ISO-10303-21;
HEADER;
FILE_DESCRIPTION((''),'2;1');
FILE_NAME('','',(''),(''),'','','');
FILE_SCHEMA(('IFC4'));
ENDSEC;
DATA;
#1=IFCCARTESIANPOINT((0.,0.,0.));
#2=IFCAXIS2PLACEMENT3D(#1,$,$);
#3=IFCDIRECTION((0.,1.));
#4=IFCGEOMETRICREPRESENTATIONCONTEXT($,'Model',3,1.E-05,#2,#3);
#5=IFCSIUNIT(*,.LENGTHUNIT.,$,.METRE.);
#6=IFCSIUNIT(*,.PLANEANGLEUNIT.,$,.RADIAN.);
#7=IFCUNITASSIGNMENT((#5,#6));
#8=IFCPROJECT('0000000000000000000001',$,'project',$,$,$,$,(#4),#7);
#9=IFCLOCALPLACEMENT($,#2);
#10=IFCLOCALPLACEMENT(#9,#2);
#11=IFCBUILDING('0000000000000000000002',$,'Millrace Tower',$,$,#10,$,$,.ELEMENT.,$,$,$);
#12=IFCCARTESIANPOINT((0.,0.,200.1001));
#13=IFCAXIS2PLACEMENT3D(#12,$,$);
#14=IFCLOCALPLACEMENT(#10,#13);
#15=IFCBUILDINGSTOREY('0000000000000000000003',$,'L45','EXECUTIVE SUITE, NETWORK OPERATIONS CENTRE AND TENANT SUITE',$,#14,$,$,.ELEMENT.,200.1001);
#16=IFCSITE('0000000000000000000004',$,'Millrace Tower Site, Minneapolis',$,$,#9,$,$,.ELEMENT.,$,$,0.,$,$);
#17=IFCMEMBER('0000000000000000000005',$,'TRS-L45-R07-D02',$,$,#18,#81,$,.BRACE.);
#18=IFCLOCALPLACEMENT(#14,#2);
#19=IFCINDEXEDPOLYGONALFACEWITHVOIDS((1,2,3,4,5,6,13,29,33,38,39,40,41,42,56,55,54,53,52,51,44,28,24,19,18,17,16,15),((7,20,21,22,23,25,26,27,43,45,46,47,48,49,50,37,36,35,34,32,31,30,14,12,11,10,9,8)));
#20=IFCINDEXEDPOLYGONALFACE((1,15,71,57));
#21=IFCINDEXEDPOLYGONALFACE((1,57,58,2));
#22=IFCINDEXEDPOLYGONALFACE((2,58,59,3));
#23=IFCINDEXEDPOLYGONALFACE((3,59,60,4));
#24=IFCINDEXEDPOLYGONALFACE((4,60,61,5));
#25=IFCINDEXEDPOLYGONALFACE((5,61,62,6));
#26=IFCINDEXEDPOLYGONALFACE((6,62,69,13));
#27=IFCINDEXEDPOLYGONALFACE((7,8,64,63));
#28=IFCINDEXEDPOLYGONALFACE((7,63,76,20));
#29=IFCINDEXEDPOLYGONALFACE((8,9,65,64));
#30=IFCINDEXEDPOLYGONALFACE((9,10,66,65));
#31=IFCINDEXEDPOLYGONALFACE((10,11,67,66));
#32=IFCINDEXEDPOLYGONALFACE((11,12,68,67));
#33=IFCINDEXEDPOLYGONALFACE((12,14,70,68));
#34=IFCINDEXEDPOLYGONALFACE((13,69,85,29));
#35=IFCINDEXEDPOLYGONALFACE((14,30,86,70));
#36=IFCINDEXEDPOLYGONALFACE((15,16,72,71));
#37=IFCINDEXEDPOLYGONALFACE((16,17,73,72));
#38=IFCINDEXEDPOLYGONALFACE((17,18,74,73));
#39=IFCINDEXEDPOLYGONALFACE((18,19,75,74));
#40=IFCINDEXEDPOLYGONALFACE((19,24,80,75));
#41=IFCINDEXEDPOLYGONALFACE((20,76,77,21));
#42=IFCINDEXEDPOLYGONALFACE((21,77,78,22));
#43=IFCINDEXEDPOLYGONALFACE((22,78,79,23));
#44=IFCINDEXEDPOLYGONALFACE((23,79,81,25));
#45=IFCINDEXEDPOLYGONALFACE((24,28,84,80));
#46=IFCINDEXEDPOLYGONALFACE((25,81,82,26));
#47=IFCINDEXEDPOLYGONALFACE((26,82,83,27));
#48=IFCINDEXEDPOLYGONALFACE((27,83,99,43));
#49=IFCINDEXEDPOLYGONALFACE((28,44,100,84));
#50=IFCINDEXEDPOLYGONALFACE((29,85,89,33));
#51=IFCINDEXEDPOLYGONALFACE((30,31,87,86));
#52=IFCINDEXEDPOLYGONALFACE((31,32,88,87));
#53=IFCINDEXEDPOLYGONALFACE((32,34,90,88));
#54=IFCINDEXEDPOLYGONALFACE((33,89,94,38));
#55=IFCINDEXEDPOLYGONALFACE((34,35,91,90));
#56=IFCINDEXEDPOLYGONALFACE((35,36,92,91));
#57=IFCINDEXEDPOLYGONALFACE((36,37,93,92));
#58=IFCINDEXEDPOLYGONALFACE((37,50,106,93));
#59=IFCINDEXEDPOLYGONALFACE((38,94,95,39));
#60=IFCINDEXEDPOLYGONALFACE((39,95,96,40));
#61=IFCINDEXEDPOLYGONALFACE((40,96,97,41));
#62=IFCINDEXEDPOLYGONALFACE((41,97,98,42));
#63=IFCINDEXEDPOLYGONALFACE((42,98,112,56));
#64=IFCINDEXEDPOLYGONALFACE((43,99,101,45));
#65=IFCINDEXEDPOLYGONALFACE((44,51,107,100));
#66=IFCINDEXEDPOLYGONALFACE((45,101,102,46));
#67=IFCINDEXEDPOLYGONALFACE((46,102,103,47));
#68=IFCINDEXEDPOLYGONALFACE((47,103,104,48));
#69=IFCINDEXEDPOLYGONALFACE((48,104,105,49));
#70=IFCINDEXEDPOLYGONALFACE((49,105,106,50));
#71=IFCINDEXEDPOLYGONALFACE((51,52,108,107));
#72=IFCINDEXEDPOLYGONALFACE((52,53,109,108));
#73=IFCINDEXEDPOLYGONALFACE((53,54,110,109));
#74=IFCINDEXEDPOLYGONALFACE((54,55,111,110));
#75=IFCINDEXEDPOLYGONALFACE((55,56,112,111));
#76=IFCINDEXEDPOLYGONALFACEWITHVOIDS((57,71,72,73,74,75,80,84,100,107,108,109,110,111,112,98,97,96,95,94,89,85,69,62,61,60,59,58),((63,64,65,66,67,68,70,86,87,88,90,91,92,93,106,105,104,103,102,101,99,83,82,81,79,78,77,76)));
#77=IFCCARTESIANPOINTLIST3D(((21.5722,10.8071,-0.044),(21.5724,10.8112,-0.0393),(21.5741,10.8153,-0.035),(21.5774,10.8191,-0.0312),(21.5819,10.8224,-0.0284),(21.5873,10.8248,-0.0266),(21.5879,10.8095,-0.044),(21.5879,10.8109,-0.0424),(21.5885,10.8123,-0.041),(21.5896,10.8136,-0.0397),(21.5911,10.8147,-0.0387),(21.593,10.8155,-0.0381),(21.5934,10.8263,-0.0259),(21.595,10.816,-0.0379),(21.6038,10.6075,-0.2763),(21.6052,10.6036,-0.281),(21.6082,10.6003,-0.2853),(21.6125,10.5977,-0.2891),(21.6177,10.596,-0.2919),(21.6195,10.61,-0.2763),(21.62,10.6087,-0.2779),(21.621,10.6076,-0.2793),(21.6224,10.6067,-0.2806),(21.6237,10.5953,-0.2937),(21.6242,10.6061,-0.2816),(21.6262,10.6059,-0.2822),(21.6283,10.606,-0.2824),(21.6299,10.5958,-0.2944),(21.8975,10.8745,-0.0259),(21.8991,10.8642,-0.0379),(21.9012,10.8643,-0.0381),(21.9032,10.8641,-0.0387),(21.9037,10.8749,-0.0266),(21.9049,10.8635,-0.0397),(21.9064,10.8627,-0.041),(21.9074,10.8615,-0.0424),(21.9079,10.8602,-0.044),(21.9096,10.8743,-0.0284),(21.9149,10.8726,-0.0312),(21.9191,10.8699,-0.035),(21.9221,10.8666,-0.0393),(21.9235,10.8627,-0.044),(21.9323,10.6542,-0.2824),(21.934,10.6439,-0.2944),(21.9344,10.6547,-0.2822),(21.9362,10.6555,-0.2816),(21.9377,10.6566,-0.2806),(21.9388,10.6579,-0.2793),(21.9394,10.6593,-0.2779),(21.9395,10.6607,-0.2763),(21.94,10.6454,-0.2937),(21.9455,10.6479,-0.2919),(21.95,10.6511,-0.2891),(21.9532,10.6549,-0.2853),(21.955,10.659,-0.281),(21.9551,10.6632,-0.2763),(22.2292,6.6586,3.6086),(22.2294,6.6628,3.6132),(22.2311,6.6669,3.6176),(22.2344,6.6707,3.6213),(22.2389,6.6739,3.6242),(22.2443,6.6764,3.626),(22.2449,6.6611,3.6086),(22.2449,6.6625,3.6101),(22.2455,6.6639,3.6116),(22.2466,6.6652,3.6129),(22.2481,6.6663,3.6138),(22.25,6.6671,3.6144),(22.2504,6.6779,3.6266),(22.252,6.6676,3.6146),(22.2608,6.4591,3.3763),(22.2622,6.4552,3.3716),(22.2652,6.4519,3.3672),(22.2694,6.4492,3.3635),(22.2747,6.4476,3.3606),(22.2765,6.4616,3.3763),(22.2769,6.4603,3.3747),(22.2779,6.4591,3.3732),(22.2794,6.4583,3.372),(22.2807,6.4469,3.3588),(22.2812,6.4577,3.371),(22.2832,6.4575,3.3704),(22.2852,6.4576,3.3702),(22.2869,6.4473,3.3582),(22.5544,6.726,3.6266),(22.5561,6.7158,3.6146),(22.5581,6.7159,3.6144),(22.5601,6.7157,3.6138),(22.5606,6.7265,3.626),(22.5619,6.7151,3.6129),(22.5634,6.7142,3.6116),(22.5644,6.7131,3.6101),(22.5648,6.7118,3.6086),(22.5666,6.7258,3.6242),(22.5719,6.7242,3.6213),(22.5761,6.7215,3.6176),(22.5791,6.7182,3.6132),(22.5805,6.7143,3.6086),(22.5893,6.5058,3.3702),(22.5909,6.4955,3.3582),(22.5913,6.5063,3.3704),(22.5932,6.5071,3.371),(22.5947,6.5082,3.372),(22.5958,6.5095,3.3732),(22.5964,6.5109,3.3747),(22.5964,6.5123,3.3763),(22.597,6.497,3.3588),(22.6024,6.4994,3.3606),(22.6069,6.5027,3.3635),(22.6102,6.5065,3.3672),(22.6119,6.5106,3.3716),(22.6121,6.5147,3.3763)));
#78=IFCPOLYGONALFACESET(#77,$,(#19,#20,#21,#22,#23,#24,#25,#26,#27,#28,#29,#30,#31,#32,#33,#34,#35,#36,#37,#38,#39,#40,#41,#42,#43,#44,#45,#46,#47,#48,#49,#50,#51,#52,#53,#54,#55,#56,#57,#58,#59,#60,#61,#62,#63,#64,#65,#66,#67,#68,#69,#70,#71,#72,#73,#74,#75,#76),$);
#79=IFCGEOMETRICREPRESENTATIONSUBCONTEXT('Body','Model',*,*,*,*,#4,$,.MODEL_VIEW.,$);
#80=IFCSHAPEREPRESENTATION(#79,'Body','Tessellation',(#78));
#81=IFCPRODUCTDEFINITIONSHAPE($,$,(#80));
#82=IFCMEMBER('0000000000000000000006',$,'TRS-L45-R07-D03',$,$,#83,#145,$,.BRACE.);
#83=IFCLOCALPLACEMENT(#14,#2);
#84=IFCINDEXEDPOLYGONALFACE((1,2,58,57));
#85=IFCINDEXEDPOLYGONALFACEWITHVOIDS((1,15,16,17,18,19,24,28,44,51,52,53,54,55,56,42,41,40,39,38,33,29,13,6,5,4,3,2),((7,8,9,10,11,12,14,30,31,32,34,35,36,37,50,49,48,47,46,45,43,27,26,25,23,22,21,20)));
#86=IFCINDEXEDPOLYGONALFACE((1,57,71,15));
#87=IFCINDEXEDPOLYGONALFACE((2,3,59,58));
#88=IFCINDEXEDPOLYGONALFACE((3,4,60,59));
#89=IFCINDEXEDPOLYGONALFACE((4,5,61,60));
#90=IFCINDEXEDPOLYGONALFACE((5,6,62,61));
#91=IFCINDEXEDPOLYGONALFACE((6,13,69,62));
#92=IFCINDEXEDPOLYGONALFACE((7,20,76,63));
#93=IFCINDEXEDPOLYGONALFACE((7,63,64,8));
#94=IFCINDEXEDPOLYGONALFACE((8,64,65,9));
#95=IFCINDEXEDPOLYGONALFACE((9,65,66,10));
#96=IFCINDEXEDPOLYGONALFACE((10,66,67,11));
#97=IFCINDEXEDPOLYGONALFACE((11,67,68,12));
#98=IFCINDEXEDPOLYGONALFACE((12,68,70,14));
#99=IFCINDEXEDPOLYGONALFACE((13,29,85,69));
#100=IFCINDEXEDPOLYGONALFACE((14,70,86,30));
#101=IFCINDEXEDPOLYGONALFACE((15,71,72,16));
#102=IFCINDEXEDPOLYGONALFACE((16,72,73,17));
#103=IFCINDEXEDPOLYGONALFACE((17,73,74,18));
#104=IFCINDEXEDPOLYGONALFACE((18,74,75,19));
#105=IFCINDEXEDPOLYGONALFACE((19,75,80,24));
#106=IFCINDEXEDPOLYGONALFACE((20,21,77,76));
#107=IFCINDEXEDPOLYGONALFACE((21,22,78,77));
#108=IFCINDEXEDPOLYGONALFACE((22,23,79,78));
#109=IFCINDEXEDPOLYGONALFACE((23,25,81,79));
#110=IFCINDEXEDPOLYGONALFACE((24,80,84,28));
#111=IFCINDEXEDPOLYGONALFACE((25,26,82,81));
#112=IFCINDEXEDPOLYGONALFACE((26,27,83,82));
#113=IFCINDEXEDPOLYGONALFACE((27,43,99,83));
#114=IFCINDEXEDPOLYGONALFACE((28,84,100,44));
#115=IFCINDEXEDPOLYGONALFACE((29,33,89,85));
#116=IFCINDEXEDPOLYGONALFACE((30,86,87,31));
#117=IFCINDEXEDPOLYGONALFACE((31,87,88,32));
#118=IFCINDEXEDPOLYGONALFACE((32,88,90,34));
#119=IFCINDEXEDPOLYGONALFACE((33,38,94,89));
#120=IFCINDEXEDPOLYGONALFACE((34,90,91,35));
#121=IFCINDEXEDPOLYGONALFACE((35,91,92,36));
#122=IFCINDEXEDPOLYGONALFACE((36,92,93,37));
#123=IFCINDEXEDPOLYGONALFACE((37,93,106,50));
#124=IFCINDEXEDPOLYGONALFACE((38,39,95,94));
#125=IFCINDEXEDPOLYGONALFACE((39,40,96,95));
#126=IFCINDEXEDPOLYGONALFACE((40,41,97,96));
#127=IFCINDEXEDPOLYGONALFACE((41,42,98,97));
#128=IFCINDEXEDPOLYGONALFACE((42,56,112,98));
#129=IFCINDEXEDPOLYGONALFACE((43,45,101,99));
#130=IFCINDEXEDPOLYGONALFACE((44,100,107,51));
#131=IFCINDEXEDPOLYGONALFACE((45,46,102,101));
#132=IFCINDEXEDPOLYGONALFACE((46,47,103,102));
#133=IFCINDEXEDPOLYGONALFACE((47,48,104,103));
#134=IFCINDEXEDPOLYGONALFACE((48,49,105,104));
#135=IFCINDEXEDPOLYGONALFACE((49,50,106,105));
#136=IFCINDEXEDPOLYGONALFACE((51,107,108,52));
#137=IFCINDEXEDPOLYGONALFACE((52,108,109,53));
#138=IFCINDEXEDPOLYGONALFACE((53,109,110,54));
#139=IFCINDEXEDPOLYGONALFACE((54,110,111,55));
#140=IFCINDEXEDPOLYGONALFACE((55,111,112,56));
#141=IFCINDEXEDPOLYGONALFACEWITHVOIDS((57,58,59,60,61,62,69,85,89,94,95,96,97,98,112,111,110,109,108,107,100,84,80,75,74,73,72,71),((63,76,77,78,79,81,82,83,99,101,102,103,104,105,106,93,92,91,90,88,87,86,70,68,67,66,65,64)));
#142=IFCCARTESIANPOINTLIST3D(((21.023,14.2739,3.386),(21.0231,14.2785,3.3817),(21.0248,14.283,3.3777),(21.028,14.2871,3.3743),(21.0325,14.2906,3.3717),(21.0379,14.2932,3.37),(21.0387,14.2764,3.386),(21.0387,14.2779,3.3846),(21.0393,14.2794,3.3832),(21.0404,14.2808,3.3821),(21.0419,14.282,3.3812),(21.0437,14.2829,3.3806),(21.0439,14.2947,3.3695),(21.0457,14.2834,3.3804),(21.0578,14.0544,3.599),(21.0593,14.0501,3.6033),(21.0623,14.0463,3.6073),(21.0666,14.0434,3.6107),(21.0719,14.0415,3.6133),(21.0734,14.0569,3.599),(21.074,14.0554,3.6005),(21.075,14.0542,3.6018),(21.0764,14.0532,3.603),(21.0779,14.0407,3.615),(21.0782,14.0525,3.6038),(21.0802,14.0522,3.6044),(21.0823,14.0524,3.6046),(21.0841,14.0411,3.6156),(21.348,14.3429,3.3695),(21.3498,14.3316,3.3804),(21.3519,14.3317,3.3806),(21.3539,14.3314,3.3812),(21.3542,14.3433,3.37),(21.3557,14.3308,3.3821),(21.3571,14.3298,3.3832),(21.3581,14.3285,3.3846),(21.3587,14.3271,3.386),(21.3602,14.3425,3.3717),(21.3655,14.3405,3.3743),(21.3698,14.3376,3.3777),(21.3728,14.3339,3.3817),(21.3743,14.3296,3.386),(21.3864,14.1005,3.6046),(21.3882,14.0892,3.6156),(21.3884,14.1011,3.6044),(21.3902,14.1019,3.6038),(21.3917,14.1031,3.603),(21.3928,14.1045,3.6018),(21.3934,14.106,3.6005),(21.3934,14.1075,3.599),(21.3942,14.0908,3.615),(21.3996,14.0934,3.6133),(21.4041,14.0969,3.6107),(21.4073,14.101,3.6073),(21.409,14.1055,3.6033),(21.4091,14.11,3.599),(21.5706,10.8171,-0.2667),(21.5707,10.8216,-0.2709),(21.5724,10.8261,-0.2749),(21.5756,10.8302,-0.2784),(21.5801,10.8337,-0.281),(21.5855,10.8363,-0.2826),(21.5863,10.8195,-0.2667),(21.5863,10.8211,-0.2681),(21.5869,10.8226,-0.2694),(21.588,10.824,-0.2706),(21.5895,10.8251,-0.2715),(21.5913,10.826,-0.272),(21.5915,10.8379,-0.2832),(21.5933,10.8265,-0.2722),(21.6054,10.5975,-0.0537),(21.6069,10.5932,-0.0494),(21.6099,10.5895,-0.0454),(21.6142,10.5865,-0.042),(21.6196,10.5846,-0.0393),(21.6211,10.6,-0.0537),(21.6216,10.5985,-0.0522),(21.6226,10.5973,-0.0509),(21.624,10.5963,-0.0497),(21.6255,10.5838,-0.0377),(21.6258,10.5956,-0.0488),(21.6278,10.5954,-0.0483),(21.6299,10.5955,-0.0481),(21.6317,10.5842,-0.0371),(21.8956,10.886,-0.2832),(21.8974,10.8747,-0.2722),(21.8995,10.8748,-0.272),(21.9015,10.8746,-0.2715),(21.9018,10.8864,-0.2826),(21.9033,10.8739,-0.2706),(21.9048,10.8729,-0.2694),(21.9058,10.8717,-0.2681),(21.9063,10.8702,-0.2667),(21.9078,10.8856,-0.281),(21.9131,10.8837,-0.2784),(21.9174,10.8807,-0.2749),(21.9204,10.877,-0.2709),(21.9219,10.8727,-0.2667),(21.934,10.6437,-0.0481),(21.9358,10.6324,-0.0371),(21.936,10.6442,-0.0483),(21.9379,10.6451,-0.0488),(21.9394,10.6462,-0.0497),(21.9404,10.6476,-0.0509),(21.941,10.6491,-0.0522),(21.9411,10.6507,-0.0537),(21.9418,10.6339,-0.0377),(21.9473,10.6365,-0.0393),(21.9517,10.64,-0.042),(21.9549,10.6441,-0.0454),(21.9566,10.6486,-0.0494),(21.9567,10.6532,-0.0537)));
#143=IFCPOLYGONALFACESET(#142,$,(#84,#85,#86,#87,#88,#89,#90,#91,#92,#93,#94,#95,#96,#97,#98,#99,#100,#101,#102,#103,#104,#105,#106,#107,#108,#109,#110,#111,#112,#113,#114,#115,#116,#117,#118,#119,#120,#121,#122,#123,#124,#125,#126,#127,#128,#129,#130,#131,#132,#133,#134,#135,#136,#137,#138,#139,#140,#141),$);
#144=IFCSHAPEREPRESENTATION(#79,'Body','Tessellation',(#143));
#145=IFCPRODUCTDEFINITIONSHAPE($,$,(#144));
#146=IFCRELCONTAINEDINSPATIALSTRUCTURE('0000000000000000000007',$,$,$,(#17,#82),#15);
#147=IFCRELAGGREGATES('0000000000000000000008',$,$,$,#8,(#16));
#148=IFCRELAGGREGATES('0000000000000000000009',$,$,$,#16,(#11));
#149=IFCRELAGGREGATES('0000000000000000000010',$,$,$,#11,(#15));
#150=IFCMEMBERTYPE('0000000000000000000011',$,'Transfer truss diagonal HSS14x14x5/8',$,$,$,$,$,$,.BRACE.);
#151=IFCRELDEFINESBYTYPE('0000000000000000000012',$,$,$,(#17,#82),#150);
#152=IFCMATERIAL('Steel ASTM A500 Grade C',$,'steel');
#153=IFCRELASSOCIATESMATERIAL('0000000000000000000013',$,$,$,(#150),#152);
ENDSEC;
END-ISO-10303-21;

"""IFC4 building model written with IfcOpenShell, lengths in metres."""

from ifc_helpers import new_model, si_unit, direction, frame, origin, origin_2d, place, context, subcontext, project, spatial, hollow_rectangle, extrude, material, material_profile, profile_set, type_object, element, save


model = new_model("IFC4")

# Units and contexts
model_context = context("Model", 3, precision=1e-05, world=origin(), true_north=direction((0.0, 1.0)))
body_context = subcontext(model_context, "Body", "Model", "MODEL_VIEW")
ifc_project = project(units=[si_unit("LENGTHUNIT", "METRE"), si_unit("PLANEANGLEUNIT", "RADIAN")], contexts=[model_context])

# Site, building, storey
site_placement = place(None, origin())
site = spatial("IfcSite", under=ifc_project, at=site_placement, Name="Millrace Tower Site, Minneapolis", CompositionType="ELEMENT", RefElevation=0.0)
building_placement = place(site_placement, origin())
building = spatial("IfcBuilding", under=site, at=building_placement, Name="Millrace Tower", CompositionType="ELEMENT")
storey_placement = place(building_placement, frame((0.0, 0.0, 200.1001)))
storey = spatial("IfcBuildingStorey", under=building, at=storey_placement, Name="L45", Description="EXECUTIVE SUITE, NETWORK OPERATIONS CENTRE AND TENANT SUITE", CompositionType="ELEMENT", Elevation=200.1001)

# Members
ifc_material_1 = material(Name="Steel ASTM A500 Grade C", Category="steel")
ifc_material_profile_1 = material_profile(ifc_material_1, hollow_rectangle(XDim=0.3557, YDim=0.3557, WallThickness=0.0159, InnerFilletRadius=0.0081, OuterFilletRadius=0.0239, at=origin_2d()))
ifc_profile_set_1 = profile_set([ifc_material_profile_1], Name="Steel ASTM A500 Grade C")
member_type_1 = type_object("IfcMemberType", Name="Transfer truss diagonal HSS14x14x5/8", PredefinedType="BRACE", material=ifc_profile_set_1)
member_1_placement = place(storey_placement, frame((21.7637, 10.7351, -0.1602), z_axis=(0.118031, -0.745291, 0.656209), x_axis=(0.987691, 0.156419, 0.0)))
element("IfcMember", 1, at=member_1_placement, inside=storey, type_object=member_type_1, Name="TRS-L45-R07-D02", PredefinedType="BRACE", context=body_context, shape_type="SweptSolid", body=[
    extrude(hollow_rectangle(XDim=0.3557, YDim=0.3557, WallThickness=0.0159, InnerFilletRadius=0.0081, OuterFilletRadius=0.0239, at=origin_2d()), origin(), (0.0, 0.0, 1.0), 5.5662),
])
member_2_placement = place(storey_placement, frame((21.7637, 10.7351, -0.1602), z_axis=(-0.10825, 0.683332, 0.722038), x_axis=(-0.987684, -0.156464, 0.0)))
element("IfcMember", 2, at=member_2_placement, inside=storey, type_object=member_type_1, Name="TRS-L45-R07-D03", PredefinedType="BRACE", context=body_context, shape_type="SweptSolid", body=[
    extrude(hollow_rectangle(XDim=0.3557, YDim=0.3557, WallThickness=0.0159, InnerFilletRadius=0.0081, OuterFilletRadius=0.0239, at=origin_2d()), origin(), (0.0, 0.0, 1.0), 5.0588),
])

save(model, "model.ifc")
